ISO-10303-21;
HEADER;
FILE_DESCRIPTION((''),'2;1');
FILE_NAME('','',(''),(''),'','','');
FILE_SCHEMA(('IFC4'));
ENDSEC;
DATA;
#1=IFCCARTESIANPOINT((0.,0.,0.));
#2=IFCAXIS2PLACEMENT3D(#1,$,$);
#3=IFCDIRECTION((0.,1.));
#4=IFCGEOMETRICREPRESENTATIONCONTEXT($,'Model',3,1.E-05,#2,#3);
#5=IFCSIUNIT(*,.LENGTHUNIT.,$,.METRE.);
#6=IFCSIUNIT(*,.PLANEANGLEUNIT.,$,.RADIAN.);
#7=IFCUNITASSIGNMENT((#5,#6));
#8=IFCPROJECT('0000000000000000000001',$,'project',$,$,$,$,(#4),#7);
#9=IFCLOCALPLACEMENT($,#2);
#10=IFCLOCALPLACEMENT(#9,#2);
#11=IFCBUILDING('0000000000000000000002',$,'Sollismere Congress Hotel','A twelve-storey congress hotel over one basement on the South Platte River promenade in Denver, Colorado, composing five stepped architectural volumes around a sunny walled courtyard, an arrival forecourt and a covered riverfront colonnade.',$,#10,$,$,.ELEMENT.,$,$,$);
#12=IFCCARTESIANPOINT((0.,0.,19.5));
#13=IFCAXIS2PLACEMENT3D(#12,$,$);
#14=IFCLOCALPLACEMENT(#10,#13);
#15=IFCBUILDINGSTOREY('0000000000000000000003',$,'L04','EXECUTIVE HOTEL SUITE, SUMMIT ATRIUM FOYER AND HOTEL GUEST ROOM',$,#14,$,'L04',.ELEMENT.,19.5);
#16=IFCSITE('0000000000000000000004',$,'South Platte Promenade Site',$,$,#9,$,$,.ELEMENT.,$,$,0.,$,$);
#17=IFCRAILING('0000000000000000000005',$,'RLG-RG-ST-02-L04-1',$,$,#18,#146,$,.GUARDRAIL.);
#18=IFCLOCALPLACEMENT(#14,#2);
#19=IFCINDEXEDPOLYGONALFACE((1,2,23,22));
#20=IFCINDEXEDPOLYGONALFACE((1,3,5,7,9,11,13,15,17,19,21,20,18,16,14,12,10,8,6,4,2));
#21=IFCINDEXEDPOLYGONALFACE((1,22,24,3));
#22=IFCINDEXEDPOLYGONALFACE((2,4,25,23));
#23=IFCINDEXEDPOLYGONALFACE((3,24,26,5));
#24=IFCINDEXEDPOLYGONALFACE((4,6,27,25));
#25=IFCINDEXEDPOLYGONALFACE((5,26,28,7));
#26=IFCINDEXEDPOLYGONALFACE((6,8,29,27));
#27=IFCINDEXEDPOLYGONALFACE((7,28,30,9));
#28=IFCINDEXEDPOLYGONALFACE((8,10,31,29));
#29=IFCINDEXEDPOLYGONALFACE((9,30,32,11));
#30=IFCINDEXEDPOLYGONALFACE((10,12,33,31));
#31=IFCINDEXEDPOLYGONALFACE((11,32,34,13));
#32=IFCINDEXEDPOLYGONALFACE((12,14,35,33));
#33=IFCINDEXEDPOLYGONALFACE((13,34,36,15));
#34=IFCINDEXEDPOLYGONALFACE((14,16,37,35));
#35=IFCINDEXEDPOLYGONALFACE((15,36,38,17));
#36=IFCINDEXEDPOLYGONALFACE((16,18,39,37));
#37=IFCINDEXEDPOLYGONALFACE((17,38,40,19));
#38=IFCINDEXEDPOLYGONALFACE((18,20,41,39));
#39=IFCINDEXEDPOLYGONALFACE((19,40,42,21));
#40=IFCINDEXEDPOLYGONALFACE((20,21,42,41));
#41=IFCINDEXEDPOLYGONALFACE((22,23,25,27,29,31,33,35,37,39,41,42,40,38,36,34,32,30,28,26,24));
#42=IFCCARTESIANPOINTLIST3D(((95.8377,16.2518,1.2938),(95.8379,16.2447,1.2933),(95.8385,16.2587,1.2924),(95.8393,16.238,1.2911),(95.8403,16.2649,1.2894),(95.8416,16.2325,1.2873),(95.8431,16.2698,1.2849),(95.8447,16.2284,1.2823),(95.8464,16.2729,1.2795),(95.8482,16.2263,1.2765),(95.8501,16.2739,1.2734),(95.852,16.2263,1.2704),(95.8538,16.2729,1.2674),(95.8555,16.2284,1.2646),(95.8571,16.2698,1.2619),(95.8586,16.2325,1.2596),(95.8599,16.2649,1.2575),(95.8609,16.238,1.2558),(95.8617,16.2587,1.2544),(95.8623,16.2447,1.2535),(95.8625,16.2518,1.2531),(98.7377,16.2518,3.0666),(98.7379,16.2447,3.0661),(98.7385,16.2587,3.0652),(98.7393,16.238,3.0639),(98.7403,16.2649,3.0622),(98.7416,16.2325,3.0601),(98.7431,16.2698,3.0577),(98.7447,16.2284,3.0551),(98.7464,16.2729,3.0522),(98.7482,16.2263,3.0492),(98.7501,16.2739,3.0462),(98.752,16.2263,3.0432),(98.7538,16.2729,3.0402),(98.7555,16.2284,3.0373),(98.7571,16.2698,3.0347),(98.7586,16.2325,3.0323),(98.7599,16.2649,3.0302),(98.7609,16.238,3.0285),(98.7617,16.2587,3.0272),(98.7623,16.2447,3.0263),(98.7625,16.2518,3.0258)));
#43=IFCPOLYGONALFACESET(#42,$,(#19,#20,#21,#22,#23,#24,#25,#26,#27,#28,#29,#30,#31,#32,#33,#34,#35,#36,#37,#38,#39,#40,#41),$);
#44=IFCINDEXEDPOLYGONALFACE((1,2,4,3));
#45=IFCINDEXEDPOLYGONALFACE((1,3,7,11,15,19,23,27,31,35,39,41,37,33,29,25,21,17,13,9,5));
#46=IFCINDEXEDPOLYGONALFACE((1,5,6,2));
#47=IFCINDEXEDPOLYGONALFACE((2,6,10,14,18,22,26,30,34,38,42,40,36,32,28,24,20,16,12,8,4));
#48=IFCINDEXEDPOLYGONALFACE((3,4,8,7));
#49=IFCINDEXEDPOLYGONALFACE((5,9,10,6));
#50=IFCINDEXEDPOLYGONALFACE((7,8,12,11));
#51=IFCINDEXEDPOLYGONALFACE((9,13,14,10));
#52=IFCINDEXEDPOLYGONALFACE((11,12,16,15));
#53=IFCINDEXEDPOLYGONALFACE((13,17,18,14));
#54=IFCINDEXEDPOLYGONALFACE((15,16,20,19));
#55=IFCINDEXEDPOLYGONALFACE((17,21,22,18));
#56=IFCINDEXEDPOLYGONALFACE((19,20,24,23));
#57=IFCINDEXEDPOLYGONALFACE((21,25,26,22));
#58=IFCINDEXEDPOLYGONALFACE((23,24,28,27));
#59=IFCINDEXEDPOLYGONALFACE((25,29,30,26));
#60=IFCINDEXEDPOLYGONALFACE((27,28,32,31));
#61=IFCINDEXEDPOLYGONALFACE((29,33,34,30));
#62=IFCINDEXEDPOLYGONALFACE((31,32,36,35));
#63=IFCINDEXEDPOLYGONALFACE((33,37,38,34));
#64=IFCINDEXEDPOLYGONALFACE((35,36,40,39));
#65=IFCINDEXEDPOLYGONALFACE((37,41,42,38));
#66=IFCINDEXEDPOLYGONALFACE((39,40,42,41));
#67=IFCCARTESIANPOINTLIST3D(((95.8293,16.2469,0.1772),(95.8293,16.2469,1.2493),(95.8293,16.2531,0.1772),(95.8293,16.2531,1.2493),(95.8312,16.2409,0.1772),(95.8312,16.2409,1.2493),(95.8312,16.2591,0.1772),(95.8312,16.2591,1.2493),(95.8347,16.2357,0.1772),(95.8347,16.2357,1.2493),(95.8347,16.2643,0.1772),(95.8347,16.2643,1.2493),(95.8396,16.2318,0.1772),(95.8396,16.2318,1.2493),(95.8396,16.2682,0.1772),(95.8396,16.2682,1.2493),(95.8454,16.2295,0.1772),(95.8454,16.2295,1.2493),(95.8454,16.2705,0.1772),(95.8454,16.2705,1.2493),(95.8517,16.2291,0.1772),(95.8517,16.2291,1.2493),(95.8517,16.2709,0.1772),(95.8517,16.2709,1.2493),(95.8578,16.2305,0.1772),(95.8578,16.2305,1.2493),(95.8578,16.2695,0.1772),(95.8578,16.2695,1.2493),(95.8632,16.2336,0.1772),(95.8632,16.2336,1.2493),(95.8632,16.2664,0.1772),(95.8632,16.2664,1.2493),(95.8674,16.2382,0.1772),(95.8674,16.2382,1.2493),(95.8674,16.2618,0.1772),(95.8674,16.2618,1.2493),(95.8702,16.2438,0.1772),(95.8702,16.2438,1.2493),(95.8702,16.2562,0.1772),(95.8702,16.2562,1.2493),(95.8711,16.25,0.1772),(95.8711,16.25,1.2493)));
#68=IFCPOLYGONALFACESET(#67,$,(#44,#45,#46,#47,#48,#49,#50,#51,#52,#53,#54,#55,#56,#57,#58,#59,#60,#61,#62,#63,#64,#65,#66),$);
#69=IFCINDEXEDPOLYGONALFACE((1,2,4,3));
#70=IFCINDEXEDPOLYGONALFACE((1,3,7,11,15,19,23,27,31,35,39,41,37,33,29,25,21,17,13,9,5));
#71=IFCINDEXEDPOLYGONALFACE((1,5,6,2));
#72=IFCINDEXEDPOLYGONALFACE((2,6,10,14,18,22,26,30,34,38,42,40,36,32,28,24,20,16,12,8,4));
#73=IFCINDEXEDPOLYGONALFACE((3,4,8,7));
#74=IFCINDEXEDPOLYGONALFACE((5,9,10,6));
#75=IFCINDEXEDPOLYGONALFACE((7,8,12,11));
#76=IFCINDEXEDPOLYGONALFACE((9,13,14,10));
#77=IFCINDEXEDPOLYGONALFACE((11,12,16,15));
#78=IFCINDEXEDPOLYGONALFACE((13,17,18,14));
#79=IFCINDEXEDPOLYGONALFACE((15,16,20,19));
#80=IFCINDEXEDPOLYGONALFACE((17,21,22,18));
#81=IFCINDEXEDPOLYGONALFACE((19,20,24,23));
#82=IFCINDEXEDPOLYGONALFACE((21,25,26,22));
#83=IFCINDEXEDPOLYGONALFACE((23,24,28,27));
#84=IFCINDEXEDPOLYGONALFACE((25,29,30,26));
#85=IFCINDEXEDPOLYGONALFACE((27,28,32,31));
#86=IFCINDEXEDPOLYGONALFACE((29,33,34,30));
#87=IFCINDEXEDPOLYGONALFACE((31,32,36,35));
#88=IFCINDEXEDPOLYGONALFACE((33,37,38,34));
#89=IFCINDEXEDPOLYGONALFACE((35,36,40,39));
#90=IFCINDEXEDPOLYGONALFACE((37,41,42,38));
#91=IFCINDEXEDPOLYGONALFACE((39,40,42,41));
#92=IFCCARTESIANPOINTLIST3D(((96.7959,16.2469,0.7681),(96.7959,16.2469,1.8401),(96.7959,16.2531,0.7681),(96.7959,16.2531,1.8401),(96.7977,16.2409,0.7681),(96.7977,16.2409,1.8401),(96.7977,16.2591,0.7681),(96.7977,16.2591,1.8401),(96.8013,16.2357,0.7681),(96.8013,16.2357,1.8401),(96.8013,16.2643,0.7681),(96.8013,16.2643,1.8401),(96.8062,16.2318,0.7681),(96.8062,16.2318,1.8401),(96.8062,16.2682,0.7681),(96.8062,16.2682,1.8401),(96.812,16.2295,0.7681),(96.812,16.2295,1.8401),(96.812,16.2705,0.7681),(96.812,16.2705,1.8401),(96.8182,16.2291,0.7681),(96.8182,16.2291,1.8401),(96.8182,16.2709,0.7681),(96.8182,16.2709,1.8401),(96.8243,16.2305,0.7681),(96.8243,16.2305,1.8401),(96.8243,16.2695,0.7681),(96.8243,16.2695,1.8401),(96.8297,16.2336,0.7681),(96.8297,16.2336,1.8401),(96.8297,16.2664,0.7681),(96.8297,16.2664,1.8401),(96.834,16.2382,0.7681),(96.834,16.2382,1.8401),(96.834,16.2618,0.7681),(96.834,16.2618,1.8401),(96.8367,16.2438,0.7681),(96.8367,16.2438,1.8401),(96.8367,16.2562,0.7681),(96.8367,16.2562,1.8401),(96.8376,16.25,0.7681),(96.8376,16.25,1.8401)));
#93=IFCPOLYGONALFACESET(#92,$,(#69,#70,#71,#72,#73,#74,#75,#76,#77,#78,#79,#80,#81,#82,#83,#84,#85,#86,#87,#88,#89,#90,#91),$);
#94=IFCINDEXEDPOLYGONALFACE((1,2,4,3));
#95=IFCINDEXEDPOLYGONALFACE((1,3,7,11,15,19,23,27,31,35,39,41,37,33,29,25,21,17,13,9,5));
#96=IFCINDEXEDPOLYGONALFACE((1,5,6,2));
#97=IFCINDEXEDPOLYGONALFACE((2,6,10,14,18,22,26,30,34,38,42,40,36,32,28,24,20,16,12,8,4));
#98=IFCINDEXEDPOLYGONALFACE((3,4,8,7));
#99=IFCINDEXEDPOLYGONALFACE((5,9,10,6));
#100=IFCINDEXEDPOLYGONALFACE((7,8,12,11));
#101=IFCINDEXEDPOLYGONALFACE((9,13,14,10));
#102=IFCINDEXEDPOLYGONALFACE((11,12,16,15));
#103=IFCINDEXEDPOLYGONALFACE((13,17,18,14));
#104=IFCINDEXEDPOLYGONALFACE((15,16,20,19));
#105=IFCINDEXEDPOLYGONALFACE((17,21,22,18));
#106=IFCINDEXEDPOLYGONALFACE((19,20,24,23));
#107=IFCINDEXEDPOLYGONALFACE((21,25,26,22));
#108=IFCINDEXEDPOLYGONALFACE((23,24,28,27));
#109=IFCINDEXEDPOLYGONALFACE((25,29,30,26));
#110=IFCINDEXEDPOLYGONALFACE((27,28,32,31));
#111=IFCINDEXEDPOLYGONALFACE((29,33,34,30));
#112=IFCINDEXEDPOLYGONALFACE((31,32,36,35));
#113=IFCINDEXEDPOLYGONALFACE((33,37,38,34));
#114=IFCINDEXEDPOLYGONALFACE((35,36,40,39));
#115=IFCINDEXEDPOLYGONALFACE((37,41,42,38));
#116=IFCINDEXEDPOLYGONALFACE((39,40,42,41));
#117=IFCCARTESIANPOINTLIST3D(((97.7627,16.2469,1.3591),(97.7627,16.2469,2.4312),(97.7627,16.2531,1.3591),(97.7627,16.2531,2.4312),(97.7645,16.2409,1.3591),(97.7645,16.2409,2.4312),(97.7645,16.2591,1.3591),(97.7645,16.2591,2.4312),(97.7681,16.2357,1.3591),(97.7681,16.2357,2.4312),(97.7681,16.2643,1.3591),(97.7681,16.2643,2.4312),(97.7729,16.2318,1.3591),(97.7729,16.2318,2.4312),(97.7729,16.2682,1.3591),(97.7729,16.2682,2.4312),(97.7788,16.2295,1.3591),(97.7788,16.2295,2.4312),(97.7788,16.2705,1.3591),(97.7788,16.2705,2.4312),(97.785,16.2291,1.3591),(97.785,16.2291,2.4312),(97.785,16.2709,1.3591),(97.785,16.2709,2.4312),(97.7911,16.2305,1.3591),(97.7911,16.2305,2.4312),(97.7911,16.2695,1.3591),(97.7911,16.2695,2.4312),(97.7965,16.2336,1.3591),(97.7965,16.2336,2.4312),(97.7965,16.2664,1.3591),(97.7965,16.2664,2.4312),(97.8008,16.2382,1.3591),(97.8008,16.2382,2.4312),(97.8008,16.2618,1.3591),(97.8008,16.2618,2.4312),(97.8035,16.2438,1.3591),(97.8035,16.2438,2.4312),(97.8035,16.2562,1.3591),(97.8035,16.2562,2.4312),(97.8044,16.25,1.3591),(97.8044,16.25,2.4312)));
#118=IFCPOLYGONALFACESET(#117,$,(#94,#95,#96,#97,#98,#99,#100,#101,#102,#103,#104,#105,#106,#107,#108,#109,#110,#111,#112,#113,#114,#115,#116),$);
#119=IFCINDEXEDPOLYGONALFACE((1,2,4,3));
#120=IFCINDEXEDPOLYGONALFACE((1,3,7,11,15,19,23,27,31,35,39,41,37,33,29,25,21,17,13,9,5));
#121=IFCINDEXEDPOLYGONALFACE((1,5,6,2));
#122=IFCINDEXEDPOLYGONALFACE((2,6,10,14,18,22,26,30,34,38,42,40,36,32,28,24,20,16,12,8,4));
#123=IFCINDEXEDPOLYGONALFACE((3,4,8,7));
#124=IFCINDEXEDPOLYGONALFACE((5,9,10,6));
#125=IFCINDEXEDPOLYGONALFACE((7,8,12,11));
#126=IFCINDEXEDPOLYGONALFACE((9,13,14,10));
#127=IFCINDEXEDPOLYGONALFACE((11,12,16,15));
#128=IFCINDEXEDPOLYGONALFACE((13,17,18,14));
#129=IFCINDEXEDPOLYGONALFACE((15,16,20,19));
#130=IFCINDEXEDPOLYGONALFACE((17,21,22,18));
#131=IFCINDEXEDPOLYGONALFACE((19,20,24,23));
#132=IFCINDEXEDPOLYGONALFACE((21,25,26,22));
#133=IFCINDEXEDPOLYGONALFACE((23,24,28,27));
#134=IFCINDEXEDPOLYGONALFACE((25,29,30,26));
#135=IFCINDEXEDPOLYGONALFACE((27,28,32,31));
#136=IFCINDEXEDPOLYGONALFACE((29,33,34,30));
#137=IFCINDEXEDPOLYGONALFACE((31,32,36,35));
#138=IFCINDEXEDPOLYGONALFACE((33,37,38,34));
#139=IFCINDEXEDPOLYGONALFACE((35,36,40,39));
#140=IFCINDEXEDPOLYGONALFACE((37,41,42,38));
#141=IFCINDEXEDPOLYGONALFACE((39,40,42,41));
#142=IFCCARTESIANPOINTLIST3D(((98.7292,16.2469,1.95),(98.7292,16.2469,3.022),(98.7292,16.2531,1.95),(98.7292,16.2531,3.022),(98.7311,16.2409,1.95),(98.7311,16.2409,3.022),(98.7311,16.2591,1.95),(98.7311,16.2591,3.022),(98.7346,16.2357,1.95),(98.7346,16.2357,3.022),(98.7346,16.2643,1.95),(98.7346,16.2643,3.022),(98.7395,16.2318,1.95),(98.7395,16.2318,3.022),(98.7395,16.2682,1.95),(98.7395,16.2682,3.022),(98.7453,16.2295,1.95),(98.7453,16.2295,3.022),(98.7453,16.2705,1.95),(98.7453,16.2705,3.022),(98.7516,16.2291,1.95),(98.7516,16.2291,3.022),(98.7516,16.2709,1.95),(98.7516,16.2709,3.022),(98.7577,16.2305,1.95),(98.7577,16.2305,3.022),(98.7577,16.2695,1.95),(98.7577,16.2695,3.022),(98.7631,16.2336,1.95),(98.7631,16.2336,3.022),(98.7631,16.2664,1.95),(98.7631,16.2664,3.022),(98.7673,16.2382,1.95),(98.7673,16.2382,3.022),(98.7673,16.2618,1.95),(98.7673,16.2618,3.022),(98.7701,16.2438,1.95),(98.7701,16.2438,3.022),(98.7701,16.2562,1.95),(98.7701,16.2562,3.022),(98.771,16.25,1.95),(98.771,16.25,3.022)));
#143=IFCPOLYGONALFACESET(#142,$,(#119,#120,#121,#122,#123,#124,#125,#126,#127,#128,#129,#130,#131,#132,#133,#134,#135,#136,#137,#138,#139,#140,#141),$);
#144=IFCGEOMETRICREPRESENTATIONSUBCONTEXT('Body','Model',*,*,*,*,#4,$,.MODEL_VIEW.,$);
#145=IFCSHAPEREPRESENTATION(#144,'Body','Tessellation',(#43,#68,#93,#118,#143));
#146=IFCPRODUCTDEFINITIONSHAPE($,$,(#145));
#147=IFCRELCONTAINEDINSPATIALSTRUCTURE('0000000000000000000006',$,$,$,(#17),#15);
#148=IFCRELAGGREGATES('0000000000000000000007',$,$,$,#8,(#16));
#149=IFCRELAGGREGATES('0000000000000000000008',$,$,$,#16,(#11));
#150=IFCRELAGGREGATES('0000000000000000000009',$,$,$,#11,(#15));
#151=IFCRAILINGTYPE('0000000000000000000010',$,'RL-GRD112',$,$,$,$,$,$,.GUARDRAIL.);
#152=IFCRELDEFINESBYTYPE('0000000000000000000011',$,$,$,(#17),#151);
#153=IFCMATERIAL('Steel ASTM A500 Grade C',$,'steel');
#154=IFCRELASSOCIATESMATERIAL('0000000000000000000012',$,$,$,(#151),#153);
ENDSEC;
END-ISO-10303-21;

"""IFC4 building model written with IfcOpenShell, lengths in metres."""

from ifc_helpers import new_model, si_unit, direction, frame, origin, origin_2d, place, context, subcontext, project, spatial, circle, extrude, material, type_object, element, save


model = new_model("IFC4")

# Units and contexts
model_context = context("Model", 3, precision=1e-05, world=origin(), true_north=direction((0.0, 1.0)))
body_context = subcontext(model_context, "Body", "Model", "MODEL_VIEW")
ifc_project = project(units=[si_unit("LENGTHUNIT", "METRE"), si_unit("PLANEANGLEUNIT", "RADIAN")], contexts=[model_context])

# Site, building, storey
site_placement = place(None, origin())
site = spatial("IfcSite", under=ifc_project, at=site_placement, Name="South Platte Promenade Site", CompositionType="ELEMENT", RefElevation=0.0)
building_placement = place(site_placement, origin())
building = spatial("IfcBuilding", under=site, at=building_placement, Name="Sollismere Congress Hotel", Description="A twelve-storey congress hotel over one basement on the South Platte River promenade in Denver, Colorado, composing five stepped architectural volumes around a sunny walled courtyard, an arrival forecourt and a covered riverfront colonnade.", CompositionType="ELEMENT")
storey_placement = place(building_placement, frame((0.0, 0.0, 19.5)))
storey = spatial("IfcBuildingStorey", under=building, at=storey_placement, Name="L04", Description="EXECUTIVE HOTEL SUITE, SUMMIT ATRIUM FOYER AND HOTEL GUEST ROOM", LongName="L04", CompositionType="ELEMENT", Elevation=19.5)

# Railing
ifc_material_1 = material(Name="Steel ASTM A500 Grade C", Category="steel")
railing_type_1 = type_object("IfcRailingType", Name="RL-GRD112", PredefinedType="GUARDRAIL", material=ifc_material_1)
railing_1_placement = place(storey_placement, frame((95.8501, 16.25, 0.1772)))
element("IfcRailing", 1, at=railing_1_placement, inside=storey, type_object=railing_type_1, Name="RLG-RG-ST-02-L04-1", PredefinedType="GUARDRAIL", context=body_context, shape_type="SweptSolid", body=[
    extrude(circle(Radius=0.0239, at=origin_2d()), frame((0.0, 0.0, 1.0962), z_axis=(0.853211, 0.0, 0.521566), x_axis=(0.0, 1.0, 0.0)), (0.0, 0.0, 1.0), 3.3989),
    extrude(circle(Radius=0.021, at=origin_2d()), origin(), (0.0, 0.0, 1.0), 1.072),
    extrude(circle(Radius=0.021, at=origin_2d()), frame((0.9666, 0.0, 0.5908)), (0.0, 0.0, 1.0), 1.072),
    extrude(circle(Radius=0.021, at=origin_2d()), frame((1.9333, 0.0, 1.1819)), (0.0, 0.0, 1.0), 1.072),
    extrude(circle(Radius=0.021, at=origin_2d()), frame((2.8999, 0.0, 1.7727)), (0.0, 0.0, 1.0), 1.072),
])

save(model, "model.ifc")
